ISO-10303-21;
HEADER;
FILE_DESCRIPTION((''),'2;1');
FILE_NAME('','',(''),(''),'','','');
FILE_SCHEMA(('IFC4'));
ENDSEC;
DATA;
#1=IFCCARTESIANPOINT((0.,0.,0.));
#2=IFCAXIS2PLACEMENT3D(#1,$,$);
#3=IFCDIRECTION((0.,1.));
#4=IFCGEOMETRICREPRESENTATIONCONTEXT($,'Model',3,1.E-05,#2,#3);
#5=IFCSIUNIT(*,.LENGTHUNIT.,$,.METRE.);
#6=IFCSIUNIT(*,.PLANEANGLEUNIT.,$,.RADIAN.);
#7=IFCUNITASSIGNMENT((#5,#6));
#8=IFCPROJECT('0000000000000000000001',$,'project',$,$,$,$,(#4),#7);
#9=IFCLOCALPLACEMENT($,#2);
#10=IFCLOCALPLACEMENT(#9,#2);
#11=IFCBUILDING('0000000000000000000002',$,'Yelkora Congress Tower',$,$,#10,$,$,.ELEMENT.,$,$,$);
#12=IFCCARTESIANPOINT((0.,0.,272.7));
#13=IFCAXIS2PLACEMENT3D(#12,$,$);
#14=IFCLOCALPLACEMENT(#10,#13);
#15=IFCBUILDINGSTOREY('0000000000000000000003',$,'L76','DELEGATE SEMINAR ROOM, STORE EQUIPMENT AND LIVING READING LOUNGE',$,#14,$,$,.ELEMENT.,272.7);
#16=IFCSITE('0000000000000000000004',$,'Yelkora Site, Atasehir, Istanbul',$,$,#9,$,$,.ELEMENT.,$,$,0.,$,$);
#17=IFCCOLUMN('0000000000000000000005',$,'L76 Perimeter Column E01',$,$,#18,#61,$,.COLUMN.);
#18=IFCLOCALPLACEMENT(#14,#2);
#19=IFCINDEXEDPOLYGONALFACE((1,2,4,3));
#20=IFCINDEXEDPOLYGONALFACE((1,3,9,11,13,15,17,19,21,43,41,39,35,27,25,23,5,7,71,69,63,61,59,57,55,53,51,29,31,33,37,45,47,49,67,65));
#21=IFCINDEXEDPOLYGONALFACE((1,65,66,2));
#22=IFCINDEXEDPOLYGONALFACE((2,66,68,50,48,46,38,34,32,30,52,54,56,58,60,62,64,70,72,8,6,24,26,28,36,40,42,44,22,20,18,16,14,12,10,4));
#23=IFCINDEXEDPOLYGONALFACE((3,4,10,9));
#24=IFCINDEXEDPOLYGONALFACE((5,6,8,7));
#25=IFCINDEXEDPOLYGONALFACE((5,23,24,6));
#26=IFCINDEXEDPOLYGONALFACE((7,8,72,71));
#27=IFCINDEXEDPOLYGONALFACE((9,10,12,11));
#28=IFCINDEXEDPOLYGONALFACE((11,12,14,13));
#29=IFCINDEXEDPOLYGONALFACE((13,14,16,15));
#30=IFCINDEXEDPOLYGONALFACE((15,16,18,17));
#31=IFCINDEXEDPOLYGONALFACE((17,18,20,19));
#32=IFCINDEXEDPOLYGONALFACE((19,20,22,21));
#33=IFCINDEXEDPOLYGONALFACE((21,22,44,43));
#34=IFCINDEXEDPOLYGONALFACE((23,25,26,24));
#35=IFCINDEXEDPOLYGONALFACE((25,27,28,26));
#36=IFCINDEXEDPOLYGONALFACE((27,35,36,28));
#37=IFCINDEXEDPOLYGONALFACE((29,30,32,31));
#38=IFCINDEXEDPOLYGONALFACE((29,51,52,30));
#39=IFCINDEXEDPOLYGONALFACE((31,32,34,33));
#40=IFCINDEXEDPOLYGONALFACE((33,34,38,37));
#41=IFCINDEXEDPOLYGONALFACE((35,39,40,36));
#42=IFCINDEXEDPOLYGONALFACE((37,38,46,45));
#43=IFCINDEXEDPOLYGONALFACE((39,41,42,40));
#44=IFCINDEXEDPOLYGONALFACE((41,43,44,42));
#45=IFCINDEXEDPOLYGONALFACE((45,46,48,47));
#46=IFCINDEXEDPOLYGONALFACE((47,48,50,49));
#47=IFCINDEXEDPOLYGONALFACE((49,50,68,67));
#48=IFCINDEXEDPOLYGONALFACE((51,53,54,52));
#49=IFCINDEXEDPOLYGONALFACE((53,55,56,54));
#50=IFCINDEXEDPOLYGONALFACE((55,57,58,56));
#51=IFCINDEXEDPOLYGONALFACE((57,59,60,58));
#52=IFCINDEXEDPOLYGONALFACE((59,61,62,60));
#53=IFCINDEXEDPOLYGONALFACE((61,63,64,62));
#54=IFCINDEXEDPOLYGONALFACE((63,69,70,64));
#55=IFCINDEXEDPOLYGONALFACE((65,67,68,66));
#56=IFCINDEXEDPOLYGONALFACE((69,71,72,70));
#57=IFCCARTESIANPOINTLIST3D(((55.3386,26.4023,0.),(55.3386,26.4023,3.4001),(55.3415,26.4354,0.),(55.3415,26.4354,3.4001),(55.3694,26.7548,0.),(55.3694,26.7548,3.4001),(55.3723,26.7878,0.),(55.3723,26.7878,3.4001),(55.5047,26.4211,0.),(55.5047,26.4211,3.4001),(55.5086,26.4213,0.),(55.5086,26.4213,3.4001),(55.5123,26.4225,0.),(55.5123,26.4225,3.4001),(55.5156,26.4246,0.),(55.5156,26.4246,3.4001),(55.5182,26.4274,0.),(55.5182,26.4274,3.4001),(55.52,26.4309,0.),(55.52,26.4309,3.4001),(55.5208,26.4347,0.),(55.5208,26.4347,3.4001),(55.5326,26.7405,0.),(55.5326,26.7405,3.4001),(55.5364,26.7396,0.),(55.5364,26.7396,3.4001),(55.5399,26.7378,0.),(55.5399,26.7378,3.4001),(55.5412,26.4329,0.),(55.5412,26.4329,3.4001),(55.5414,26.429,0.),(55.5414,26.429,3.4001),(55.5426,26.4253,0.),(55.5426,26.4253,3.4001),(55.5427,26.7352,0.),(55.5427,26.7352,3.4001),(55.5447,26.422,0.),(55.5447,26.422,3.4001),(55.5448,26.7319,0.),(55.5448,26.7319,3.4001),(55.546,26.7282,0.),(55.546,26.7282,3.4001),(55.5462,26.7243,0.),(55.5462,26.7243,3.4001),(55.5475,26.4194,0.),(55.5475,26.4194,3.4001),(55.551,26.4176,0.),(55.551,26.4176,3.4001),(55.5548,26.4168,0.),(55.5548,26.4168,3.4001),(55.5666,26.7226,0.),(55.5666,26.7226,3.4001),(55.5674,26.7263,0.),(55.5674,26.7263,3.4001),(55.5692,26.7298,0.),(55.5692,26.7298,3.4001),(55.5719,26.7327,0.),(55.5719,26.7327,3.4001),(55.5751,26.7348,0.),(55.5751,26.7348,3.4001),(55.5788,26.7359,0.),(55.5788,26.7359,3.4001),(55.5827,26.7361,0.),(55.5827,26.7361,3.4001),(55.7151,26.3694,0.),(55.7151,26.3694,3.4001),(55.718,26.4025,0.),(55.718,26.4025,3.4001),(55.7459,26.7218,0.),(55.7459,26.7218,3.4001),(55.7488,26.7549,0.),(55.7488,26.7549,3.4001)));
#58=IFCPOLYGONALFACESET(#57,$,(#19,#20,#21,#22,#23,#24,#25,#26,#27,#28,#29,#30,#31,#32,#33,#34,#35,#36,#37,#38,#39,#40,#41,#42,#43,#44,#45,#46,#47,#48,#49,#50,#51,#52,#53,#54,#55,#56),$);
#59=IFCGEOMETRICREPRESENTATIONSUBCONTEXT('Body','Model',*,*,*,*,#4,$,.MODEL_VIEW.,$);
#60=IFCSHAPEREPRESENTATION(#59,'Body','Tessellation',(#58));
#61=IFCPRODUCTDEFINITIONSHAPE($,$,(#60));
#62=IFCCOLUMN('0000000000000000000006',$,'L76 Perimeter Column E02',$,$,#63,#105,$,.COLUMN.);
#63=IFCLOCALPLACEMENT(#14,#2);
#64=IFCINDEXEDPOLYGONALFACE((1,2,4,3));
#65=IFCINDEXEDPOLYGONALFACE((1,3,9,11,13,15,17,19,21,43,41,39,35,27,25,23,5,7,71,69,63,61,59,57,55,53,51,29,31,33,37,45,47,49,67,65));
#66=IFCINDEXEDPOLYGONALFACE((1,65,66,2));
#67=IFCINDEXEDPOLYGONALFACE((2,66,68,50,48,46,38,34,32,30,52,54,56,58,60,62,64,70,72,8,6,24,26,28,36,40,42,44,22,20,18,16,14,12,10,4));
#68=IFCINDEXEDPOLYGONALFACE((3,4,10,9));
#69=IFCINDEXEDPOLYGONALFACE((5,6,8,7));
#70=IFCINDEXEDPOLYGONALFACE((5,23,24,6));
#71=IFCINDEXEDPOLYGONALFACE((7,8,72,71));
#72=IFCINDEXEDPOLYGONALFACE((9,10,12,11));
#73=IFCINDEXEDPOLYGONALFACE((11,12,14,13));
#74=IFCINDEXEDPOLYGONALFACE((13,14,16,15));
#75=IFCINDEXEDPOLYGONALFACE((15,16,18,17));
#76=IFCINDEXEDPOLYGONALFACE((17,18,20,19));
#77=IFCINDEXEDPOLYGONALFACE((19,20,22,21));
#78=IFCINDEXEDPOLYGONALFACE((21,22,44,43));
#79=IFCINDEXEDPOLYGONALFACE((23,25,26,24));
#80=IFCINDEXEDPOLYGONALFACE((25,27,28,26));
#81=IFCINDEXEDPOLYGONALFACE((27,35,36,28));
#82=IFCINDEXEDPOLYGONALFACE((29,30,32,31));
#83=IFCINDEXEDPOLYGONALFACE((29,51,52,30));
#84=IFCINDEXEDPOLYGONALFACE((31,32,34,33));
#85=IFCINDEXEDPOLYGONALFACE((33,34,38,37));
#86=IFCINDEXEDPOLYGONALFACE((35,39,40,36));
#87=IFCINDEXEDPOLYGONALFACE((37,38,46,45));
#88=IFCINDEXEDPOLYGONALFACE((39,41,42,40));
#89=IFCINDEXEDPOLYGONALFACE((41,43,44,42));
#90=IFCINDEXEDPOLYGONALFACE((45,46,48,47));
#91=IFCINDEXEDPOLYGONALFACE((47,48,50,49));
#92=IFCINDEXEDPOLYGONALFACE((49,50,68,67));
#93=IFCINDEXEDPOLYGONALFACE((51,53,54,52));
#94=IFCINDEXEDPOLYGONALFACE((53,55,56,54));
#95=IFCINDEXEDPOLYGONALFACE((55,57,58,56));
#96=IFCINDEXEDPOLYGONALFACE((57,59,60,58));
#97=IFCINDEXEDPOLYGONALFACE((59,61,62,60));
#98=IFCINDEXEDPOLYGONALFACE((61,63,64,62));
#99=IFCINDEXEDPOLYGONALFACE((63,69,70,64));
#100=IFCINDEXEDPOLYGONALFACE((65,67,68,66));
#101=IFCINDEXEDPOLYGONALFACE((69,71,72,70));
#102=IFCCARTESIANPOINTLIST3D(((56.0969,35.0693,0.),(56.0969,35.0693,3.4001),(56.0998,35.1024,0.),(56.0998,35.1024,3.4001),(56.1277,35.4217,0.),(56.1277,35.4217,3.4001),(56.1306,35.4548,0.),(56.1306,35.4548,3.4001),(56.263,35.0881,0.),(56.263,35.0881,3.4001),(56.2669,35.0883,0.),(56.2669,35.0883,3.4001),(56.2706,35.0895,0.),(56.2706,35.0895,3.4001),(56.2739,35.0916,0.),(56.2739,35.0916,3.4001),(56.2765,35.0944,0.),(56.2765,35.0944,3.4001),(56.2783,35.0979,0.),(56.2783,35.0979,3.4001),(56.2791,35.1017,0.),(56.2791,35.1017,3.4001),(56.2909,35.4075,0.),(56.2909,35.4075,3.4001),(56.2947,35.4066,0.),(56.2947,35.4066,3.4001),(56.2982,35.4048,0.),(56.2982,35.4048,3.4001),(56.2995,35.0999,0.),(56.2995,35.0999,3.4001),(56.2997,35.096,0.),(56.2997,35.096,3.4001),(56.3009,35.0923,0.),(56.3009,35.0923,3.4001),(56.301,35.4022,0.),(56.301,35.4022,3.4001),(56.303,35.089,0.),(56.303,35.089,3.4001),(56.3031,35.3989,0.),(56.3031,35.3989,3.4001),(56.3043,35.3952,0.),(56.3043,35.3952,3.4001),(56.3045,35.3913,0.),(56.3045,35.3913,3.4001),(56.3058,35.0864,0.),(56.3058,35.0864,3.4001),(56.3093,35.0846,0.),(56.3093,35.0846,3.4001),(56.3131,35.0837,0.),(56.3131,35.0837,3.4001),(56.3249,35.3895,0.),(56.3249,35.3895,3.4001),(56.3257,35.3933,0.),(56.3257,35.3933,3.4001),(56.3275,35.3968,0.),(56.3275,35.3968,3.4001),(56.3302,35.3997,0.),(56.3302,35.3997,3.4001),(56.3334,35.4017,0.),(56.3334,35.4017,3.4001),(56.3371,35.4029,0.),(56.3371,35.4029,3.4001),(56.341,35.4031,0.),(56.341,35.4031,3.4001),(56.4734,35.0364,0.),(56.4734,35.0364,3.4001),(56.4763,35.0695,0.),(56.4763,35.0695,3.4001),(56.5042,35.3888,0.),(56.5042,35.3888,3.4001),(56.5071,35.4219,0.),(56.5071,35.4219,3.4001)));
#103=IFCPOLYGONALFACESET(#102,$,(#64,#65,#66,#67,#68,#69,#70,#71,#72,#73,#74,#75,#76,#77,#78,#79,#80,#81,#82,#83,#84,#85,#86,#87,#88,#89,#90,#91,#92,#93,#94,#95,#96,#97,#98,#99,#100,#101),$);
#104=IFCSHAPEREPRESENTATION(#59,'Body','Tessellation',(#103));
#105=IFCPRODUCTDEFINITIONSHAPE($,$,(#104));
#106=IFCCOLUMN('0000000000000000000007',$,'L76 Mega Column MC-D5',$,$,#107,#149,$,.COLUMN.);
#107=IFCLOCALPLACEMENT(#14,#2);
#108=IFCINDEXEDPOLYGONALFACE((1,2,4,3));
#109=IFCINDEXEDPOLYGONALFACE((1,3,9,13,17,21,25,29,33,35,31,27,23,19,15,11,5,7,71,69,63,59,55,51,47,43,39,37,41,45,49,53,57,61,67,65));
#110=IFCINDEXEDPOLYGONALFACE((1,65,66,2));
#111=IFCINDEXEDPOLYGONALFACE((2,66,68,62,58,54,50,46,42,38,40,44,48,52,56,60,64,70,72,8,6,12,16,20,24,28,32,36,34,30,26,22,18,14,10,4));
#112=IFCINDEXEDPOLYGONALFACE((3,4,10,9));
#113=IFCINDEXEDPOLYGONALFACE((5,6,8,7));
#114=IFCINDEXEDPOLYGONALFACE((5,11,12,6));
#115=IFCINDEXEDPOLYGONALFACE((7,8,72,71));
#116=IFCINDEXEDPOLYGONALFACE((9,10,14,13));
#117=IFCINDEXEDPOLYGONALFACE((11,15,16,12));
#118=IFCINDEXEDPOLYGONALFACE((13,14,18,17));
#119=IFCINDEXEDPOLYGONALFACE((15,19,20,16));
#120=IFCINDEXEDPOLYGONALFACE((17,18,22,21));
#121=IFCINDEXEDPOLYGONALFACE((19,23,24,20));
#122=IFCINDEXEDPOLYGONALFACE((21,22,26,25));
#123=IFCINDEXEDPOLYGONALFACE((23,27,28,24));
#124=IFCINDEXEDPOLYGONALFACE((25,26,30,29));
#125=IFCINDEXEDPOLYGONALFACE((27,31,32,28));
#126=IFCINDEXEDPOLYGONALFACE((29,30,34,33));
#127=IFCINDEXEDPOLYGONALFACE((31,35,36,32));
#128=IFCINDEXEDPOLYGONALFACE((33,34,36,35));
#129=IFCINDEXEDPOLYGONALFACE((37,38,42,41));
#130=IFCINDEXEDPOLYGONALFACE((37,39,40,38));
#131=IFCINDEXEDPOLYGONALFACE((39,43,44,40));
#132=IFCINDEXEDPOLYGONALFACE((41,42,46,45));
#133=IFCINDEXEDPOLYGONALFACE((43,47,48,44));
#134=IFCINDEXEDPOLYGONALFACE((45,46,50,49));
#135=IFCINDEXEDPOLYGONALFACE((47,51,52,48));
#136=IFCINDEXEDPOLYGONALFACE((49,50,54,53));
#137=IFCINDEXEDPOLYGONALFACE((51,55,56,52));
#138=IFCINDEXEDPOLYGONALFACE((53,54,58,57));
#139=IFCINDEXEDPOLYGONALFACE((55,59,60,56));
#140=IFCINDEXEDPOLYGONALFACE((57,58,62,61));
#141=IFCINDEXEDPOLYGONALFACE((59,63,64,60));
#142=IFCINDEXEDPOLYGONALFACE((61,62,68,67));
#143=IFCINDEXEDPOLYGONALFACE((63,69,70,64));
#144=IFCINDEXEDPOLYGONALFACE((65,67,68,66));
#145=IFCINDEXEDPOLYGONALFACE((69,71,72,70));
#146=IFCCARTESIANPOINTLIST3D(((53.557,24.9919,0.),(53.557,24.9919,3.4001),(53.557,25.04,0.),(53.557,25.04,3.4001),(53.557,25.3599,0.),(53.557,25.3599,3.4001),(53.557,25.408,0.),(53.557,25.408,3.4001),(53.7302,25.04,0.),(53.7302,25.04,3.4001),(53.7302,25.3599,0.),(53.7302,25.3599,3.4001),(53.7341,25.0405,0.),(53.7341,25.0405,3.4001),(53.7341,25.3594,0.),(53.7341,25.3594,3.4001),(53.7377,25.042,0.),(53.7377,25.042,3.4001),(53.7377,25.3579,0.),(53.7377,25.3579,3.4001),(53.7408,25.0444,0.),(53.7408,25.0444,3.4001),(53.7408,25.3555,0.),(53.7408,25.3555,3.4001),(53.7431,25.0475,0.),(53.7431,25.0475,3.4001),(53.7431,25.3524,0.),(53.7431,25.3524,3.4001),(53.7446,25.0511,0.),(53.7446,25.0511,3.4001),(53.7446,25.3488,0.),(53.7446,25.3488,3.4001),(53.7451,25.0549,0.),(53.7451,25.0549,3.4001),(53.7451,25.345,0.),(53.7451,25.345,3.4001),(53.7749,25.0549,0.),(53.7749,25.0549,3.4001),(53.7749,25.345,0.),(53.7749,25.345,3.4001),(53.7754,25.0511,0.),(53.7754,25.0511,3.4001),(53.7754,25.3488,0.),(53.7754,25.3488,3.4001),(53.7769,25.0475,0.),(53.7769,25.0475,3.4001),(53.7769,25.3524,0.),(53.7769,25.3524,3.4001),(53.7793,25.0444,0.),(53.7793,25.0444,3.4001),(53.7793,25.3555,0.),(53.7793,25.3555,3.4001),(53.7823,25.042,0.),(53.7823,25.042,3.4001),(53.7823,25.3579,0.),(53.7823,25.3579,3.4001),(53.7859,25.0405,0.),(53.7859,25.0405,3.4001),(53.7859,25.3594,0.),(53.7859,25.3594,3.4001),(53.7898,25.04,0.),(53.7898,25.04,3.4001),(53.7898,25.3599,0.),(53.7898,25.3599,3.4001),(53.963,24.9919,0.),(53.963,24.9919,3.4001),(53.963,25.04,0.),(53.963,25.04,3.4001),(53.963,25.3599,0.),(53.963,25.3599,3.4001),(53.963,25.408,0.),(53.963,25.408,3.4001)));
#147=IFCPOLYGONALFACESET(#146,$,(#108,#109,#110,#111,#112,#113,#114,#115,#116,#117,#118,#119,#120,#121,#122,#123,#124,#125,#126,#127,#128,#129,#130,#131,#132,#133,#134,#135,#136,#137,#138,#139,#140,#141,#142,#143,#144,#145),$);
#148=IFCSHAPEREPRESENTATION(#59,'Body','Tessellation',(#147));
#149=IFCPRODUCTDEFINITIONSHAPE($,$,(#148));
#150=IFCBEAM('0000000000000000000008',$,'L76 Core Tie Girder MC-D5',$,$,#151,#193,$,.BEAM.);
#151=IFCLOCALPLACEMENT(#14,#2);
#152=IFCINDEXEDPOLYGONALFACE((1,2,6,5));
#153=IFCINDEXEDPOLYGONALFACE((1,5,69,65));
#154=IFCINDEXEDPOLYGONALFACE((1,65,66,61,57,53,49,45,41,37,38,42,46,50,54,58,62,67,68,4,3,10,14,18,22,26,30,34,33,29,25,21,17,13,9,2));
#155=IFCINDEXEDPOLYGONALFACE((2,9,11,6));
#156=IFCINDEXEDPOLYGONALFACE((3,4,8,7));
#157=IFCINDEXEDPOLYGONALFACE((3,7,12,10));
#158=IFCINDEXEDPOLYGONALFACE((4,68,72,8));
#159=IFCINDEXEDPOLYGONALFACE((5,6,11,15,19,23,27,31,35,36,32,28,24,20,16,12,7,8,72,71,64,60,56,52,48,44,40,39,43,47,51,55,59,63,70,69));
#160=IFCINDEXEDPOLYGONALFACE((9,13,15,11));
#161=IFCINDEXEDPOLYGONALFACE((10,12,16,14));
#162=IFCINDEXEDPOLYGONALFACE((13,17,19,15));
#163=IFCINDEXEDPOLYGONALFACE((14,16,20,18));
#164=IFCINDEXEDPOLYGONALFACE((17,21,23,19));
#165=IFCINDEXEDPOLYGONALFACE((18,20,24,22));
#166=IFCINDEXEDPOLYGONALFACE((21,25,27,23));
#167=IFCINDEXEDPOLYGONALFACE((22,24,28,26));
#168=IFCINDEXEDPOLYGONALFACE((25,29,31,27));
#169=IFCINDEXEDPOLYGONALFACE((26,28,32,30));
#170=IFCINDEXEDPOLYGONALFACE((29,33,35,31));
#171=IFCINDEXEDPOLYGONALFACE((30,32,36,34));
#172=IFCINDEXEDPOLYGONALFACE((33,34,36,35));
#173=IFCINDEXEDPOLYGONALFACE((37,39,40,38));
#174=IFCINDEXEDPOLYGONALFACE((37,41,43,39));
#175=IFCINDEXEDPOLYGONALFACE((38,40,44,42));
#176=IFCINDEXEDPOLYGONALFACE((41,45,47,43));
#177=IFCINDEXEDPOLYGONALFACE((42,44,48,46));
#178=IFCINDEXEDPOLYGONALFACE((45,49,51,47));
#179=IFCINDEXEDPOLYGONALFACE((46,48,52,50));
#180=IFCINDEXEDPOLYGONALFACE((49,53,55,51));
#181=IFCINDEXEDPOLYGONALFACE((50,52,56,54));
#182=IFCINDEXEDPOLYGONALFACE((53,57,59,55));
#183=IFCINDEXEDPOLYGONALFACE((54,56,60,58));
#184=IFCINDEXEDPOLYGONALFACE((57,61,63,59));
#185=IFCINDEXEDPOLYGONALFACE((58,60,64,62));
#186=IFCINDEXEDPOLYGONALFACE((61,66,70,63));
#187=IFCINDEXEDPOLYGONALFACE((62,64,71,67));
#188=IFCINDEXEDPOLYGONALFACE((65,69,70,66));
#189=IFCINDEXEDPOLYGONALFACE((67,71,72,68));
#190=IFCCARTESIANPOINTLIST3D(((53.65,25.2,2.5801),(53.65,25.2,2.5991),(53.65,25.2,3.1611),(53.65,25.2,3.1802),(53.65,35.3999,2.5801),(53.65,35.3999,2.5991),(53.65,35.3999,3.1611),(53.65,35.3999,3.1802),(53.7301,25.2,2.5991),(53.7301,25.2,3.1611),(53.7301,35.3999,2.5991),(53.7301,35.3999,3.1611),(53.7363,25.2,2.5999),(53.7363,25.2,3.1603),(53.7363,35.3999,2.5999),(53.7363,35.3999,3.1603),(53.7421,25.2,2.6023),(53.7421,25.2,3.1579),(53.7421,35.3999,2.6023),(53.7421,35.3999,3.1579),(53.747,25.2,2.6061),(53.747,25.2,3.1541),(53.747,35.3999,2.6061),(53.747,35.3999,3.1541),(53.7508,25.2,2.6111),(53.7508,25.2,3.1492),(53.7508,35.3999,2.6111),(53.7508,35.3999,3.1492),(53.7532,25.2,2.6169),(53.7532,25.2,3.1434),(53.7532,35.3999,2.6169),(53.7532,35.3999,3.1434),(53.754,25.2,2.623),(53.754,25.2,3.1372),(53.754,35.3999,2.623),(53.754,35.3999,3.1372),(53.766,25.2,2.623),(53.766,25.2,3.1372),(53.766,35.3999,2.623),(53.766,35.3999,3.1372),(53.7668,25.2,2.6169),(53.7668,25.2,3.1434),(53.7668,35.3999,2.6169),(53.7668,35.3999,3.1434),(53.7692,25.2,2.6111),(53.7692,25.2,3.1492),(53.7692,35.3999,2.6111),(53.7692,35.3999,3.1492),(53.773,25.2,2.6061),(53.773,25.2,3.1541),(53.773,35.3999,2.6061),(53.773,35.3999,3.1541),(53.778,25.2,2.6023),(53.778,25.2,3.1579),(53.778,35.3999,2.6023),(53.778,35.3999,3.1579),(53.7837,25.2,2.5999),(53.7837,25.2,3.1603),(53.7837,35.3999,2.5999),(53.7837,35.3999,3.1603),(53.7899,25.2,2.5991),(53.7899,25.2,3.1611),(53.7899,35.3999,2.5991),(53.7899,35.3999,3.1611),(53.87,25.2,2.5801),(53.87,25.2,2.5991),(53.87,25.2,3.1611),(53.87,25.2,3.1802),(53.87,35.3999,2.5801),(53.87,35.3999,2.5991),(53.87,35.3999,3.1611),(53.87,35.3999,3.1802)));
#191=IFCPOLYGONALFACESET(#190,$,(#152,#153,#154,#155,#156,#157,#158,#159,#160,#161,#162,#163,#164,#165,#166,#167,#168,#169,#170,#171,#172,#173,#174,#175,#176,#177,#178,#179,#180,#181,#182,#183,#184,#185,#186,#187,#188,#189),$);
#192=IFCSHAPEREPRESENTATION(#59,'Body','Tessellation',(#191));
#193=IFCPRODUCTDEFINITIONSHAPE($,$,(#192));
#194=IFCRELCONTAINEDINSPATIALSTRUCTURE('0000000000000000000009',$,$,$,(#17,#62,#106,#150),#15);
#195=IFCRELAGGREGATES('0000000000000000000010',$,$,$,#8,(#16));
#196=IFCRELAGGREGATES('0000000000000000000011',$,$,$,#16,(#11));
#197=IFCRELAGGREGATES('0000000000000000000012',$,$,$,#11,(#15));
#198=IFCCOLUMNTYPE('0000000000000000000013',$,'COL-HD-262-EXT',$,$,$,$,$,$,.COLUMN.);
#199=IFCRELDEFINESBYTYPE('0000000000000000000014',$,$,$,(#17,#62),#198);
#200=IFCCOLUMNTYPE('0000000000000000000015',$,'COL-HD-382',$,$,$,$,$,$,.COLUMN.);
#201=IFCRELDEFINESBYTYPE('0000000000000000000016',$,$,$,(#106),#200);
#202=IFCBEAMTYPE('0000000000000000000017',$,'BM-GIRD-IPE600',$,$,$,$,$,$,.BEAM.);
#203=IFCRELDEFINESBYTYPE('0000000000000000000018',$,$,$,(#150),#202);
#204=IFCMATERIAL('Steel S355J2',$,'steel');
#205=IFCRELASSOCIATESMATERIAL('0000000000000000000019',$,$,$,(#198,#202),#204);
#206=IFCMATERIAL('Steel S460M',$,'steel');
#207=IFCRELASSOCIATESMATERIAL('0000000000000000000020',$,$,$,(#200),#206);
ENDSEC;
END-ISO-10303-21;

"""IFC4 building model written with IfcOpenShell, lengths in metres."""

from ifc_helpers import new_model, si_unit, direction, frame, origin, origin_2d, place, context, subcontext, project, spatial, i_section, extrude, material, material_profile, profile_set, type_object, element, save


model = new_model("IFC4")

# Units and contexts
model_context = context("Model", 3, precision=1e-05, world=origin(), true_north=direction((0.0, 1.0)))
body_context = subcontext(model_context, "Body", "Model", "MODEL_VIEW")
ifc_project = project(units=[si_unit("LENGTHUNIT", "METRE"), si_unit("PLANEANGLEUNIT", "RADIAN")], contexts=[model_context])

# Site, building, storey
site_placement = place(None, origin())
site = spatial("IfcSite", under=ifc_project, at=site_placement, Name="Yelkora Site, Atasehir, Istanbul", CompositionType="ELEMENT", RefElevation=0.0)
building_placement = place(site_placement, origin())
building = spatial("IfcBuilding", under=site, at=building_placement, Name="Yelkora Congress Tower", CompositionType="ELEMENT")
storey_placement = place(building_placement, frame((0.0, 0.0, 272.7)))
storey = spatial("IfcBuildingStorey", under=building, at=storey_placement, Name="L76", Description="DELEGATE SEMINAR ROOM, STORE EQUIPMENT AND LIVING READING LOUNGE", CompositionType="ELEMENT", Elevation=272.7)

# Columns
ifc_material_1 = material(Name="Steel S355J2", Category="steel")
ifc_material_profile_1 = material_profile(ifc_material_1, i_section(OverallWidth=0.3779, OverallDepth=0.387, WebThickness=0.0205, FlangeThickness=0.0332, FilletRadius=0.0149, at=origin_2d()), Name="HD 360x262")
ifc_profile_set_1 = profile_set([ifc_material_profile_1], Name="Steel S355J2")
column_type_1 = type_object("IfcColumnType", Name="COL-HD-262-EXT", PredefinedType="COLUMN", material=ifc_profile_set_1)
for number, where, z_axis, x_axis, name in (
    (1, (55.5437, 26.5786, 0.0), (0.0, 0.0, 1.0), (0.996195, -0.087156, 0.0), "L76 Perimeter Column E01"),
    (2, (56.302, 35.2456, 0.0), (0.0, 0.0, 1.0), (0.996195, -0.087156, 0.0), "L76 Perimeter Column E02"),
):
    element("IfcColumn", number, at=place(storey_placement, frame(where, z_axis=z_axis, x_axis=x_axis)), inside=storey, type_object=column_type_1, Name=name, PredefinedType="COLUMN", context=body_context, shape_type="SweptSolid", body=[
        extrude(i_section(OverallWidth=0.3779, OverallDepth=0.387, WebThickness=0.0205, FlangeThickness=0.0332, FilletRadius=0.0149, at=origin_2d()), origin(), (0.0, 0.0, 1.0), 3.4001),
    ])
ifc_material_2 = material(Name="Steel S460M", Category="steel")
ifc_material_profile_2 = material_profile(ifc_material_2, i_section(OverallWidth=0.406, OverallDepth=0.416, WebThickness=0.0298, FlangeThickness=0.0481, FilletRadius=0.0149, at=origin_2d()), Name="HD 400x382")
ifc_profile_set_2 = profile_set([ifc_material_profile_2], Name="Steel S460M")
column_type_2 = type_object("IfcColumnType", Name="COL-HD-382", PredefinedType="COLUMN", material=ifc_profile_set_2)
column_placement = place(storey_placement, frame((53.76, 25.2, 0.0), z_axis=(0.0, 0.0, 1.0), x_axis=(1.0, 0.0, 0.0)))
element("IfcColumn", 3, at=column_placement, inside=storey, type_object=column_type_2, Name="L76 Mega Column MC-D5", PredefinedType="COLUMN", context=body_context, shape_type="SweptSolid", body=[
    extrude(i_section(OverallWidth=0.406, OverallDepth=0.416, WebThickness=0.0298, FlangeThickness=0.0481, FilletRadius=0.0149, at=origin_2d()), origin(), (0.0, 0.0, 1.0), 3.4001),
])

# Beam
ifc_material_profile_3 = material_profile(ifc_material_1, i_section(OverallWidth=0.22, OverallDepth=0.6001, WebThickness=0.012, FlangeThickness=0.019, FilletRadius=0.0239, at=origin_2d()), Name="IPE 600")
ifc_profile_set_3 = profile_set([ifc_material_profile_3], Name="Steel S355J2")
beam_type_1 = type_object("IfcBeamType", Name="BM-GIRD-IPE600", PredefinedType="BEAM", material=ifc_profile_set_3)
beam_1_placement = place(storey_placement, frame((53.76, 25.2, 2.8801), z_axis=(0.0, 1.0, 0.0), x_axis=(-1.0, 0.0, 0.0)))
element("IfcBeam", 4, at=beam_1_placement, inside=storey, type_object=beam_type_1, Name="L76 Core Tie Girder MC-D5", PredefinedType="BEAM", context=body_context, shape_type="SweptSolid", body=[
    extrude(i_section(OverallWidth=0.22, OverallDepth=0.6001, WebThickness=0.012, FlangeThickness=0.019, FilletRadius=0.0239, at=origin_2d()), origin(), (0.0, 0.0, 1.0), 10.2),
])

save(model, "model.ifc")
